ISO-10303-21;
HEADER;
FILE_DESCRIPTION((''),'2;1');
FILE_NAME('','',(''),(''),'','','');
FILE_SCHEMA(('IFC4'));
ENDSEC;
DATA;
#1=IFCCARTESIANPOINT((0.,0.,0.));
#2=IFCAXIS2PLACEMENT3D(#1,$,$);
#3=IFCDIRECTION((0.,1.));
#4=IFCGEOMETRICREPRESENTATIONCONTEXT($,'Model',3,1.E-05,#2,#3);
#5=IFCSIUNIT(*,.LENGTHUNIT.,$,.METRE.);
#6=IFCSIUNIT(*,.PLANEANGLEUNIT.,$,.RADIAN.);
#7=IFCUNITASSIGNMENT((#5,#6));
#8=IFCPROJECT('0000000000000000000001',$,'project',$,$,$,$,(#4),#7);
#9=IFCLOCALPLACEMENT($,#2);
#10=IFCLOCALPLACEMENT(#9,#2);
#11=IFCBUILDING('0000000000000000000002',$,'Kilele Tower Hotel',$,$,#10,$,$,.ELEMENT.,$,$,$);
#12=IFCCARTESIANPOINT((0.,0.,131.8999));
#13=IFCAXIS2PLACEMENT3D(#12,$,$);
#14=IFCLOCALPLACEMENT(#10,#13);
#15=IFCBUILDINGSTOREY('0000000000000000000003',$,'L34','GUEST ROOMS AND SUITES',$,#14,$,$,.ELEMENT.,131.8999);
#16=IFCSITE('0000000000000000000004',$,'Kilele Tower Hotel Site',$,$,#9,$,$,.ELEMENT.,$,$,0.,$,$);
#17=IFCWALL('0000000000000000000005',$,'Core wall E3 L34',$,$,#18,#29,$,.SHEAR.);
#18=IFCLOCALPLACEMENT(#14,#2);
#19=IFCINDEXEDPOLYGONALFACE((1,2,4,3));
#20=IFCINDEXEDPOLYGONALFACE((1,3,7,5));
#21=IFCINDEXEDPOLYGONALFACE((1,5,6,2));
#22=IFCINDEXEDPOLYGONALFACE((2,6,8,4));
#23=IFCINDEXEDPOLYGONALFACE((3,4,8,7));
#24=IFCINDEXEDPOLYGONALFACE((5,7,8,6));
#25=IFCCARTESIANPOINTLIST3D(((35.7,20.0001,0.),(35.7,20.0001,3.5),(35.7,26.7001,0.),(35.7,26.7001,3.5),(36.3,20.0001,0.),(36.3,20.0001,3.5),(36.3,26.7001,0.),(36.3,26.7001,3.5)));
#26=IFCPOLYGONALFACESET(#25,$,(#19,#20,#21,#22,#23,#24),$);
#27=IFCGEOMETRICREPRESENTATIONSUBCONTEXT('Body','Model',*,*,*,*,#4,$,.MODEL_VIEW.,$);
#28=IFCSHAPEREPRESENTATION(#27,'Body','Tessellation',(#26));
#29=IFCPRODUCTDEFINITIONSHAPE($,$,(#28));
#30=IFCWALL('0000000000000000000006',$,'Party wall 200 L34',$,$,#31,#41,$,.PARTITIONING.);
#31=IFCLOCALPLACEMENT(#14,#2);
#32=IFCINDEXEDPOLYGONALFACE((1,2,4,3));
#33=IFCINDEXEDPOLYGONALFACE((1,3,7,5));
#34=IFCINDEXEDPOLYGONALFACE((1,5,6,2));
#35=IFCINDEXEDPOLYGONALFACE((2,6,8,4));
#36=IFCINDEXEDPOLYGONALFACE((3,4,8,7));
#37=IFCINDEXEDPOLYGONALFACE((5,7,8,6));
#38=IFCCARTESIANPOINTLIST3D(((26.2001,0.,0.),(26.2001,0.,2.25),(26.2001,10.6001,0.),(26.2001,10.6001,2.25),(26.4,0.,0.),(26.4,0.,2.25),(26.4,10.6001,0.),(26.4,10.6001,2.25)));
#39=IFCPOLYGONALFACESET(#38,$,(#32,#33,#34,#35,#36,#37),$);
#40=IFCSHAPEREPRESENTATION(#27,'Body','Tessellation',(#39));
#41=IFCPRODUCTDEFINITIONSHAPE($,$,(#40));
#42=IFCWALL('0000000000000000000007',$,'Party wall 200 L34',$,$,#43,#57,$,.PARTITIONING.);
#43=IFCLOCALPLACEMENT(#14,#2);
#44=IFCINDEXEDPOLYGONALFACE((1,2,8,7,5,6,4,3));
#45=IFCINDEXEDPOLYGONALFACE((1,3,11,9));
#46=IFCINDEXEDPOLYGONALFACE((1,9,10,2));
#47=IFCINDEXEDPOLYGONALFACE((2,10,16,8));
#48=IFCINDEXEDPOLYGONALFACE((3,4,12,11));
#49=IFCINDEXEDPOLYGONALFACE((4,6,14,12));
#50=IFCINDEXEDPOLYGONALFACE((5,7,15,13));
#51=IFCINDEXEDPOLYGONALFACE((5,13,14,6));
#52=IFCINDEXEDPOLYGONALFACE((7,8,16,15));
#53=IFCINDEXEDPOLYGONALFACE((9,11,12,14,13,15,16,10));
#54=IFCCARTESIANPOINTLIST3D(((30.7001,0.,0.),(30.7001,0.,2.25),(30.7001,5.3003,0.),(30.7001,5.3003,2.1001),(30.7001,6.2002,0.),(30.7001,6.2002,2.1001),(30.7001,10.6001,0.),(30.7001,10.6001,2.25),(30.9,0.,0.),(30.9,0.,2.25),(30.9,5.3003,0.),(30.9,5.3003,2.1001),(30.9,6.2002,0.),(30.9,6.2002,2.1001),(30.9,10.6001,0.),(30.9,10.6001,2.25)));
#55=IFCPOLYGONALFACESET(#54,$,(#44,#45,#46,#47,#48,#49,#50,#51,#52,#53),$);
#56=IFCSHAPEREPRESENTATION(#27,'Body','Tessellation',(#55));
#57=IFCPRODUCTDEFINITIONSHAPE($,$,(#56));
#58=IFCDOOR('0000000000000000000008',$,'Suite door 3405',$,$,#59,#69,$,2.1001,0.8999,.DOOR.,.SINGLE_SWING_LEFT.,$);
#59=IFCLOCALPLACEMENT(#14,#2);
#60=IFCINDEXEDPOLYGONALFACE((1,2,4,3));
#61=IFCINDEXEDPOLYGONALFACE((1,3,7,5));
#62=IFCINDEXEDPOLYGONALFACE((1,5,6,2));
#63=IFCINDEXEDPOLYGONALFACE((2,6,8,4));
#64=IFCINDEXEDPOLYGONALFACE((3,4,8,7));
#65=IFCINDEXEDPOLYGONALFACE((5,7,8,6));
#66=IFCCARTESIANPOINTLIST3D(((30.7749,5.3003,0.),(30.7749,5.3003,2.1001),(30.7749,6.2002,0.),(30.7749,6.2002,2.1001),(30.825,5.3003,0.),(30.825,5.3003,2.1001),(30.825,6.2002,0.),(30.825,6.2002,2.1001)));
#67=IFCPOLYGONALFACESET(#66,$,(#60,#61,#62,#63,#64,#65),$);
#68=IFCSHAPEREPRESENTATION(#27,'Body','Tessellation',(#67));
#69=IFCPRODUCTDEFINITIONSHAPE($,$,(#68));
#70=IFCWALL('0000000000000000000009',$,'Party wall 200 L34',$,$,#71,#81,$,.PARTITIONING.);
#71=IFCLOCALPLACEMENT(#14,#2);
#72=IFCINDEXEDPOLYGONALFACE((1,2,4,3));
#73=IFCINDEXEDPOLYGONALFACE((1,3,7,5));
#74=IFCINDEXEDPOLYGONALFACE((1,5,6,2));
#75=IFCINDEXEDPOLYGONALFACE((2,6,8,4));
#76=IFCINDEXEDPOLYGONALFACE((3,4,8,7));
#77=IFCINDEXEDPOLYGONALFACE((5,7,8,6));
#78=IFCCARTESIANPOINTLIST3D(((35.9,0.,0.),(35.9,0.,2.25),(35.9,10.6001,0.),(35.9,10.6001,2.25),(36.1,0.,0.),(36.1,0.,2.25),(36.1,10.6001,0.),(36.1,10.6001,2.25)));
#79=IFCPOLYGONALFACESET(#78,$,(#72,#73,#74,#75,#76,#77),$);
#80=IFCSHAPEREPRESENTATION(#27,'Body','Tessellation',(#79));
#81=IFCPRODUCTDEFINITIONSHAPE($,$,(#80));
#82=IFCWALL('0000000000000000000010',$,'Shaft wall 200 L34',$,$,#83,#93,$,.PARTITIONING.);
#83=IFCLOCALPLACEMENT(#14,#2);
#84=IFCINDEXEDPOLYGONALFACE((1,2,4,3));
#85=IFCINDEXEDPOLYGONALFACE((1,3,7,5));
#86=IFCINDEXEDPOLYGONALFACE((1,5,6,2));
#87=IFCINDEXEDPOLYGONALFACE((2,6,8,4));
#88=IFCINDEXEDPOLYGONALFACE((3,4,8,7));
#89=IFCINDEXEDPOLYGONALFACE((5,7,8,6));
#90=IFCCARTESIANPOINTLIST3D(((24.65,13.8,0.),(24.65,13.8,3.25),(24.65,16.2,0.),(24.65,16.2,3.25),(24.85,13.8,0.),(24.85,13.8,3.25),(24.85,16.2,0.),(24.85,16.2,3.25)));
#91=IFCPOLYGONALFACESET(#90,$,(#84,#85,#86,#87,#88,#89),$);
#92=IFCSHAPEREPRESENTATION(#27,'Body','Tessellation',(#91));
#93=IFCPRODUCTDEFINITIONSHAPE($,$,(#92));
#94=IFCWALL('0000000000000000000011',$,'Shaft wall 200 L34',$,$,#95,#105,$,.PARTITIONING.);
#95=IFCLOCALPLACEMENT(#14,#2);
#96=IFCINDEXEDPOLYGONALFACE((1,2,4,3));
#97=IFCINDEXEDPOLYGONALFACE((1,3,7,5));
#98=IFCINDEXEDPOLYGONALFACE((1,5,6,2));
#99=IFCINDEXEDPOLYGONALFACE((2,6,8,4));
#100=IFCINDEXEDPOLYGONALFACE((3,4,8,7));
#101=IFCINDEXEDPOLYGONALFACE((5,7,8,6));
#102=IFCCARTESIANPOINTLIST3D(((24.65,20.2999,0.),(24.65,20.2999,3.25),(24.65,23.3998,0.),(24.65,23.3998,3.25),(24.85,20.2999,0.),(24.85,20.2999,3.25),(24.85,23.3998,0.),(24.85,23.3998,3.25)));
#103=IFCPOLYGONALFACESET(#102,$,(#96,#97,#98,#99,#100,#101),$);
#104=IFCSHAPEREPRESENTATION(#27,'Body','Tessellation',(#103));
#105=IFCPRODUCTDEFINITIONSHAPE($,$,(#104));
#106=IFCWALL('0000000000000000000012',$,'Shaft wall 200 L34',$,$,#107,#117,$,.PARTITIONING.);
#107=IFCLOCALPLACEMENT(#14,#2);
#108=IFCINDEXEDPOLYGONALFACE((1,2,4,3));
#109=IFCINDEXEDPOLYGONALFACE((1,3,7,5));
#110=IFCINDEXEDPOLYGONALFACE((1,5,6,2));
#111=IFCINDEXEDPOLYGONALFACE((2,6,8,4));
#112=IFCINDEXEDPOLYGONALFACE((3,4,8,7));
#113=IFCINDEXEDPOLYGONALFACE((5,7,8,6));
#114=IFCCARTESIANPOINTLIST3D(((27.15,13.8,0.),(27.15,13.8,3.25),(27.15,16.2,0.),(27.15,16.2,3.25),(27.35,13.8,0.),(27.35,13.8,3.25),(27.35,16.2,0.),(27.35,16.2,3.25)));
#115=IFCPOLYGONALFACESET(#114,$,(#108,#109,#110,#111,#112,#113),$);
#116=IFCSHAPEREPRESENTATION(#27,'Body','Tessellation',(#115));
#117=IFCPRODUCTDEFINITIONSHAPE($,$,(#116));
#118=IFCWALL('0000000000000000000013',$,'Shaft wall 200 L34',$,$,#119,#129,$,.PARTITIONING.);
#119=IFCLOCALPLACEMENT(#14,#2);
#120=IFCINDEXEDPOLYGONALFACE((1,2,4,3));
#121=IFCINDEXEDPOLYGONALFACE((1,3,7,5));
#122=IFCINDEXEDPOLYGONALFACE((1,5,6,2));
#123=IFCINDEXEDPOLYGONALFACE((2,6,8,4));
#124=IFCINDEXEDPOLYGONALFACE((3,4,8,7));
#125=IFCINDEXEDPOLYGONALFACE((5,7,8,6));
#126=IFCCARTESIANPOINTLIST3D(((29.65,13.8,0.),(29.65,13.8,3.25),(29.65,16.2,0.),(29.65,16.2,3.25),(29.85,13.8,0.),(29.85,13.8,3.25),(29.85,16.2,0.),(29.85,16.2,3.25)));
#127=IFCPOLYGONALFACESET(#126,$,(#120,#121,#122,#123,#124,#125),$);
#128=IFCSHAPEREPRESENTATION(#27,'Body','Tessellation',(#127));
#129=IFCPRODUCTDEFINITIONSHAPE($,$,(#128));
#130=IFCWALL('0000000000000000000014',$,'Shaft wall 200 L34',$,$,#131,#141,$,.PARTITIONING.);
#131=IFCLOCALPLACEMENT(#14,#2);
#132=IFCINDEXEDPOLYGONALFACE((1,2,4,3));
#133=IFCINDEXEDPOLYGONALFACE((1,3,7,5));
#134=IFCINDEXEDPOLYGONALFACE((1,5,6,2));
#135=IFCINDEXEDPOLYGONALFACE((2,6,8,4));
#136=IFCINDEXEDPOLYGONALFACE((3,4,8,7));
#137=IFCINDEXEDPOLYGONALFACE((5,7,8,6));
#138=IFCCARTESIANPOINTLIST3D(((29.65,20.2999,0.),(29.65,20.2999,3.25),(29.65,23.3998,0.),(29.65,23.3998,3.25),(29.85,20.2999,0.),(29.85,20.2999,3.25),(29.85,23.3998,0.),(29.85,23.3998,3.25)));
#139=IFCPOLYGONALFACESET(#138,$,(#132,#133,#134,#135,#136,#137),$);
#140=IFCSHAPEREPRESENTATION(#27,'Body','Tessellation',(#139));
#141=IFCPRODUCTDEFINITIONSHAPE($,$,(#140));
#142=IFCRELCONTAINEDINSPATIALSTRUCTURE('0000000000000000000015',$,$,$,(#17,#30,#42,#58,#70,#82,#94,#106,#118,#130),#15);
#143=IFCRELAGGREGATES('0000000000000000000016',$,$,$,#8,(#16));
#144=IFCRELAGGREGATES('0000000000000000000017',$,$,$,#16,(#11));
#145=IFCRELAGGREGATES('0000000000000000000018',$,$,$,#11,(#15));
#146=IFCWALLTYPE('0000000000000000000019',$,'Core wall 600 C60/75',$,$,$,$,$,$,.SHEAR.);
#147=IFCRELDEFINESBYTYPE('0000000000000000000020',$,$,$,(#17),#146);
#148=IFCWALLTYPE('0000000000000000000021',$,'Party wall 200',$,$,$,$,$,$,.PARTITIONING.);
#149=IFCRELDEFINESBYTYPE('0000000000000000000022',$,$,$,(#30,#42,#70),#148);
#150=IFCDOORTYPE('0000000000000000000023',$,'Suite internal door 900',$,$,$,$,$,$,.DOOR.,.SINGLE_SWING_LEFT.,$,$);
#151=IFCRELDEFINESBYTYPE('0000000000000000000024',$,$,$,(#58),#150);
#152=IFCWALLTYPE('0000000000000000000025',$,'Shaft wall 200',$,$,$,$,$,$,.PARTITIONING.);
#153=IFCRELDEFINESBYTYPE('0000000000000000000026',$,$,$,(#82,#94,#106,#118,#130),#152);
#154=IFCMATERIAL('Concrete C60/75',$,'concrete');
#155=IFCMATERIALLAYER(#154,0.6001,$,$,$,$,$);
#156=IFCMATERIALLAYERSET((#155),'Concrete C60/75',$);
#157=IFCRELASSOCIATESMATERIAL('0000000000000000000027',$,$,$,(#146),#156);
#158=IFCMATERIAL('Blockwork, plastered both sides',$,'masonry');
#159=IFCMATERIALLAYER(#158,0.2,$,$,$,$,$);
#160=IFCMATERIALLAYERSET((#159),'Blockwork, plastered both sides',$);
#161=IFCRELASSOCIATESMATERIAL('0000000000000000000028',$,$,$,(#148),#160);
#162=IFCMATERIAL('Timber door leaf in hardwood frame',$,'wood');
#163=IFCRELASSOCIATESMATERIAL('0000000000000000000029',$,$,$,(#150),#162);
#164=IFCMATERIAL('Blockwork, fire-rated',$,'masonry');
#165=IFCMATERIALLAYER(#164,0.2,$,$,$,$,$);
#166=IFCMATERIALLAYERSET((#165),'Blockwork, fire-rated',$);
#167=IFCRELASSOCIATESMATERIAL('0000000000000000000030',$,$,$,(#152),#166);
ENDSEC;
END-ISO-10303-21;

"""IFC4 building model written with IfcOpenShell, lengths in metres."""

from ifc_helpers import new_model, si_unit, direction, frame, frame_2d, origin, place, context, subcontext, project, spatial, rectangle, extrude, material, layer, layer_set, type_object, element, fill, save


model = new_model("IFC4")

# Units and contexts
model_context = context("Model", 3, precision=1e-05, world=origin(), true_north=direction((0.0, 1.0)))
body_context = subcontext(model_context, "Body", "Model", "MODEL_VIEW")
ifc_project = project(units=[si_unit("LENGTHUNIT", "METRE"), si_unit("PLANEANGLEUNIT", "RADIAN")], contexts=[model_context])

# Site, building, storey
site_placement = place(None, origin())
site = spatial("IfcSite", under=ifc_project, at=site_placement, Name="Kilele Tower Hotel Site", CompositionType="ELEMENT", RefElevation=0.0)
building_placement = place(site_placement, origin())
building = spatial("IfcBuilding", under=site, at=building_placement, Name="Kilele Tower Hotel", CompositionType="ELEMENT")
storey_placement = place(building_placement, frame((0.0, 0.0, 131.8999)))
storey = spatial("IfcBuildingStorey", under=building, at=storey_placement, Name="L34", Description="GUEST ROOMS AND SUITES", CompositionType="ELEMENT", Elevation=131.8999)

# Shared definitions
ifc_material_1 = material(Name="Concrete C60/75", Category="concrete")
ifc_layer_1 = layer(ifc_material_1, 0.6001)
ifc_layer_set_1 = layer_set([ifc_layer_1], Name="Concrete C60/75")
wall_type_1 = type_object("IfcWallType", Name="Core wall 600 C60/75", PredefinedType="SHEAR", material=ifc_layer_set_1)

# Walls
wall_1_placement = place(storey_placement, frame((36.0, 20.0, 0.0), z_axis=(0.0, 0.0, 1.0), x_axis=(0.0, 1.0, 0.0)))
element("IfcWall", 1, at=wall_1_placement, inside=storey, type_object=wall_type_1, Name="Core wall E3 L34", PredefinedType="SHEAR", context=body_context, shape_type="SweptSolid", body=[
    extrude(rectangle(XDim=6.7, YDim=0.6001, at=frame_2d((3.3501, 0.0))), origin(), (0.0, 0.0, 1.0), 3.5),
])
ifc_material_2 = material(Name="Blockwork, plastered both sides", Category="masonry")
ifc_layer_2 = layer(ifc_material_2, 0.2)
ifc_layer_set_2 = layer_set([ifc_layer_2], Name="Blockwork, plastered both sides")
wall_type_2 = type_object("IfcWallType", Name="Party wall 200", PredefinedType="PARTITIONING", material=ifc_layer_set_2)
wall_2_placement = place(storey_placement, frame((26.3, 10.6001, 0.0), z_axis=(0.0, 0.0, 1.0), x_axis=(0.0, -1.0, 0.0)))
element("IfcWall", 2, at=wall_2_placement, inside=storey, type_object=wall_type_2, Name="Party wall 200 L34", PredefinedType="PARTITIONING", context=body_context, shape_type="SweptSolid", body=[
    extrude(rectangle(XDim=10.6001, YDim=0.2, at=frame_2d((5.3, 0.0))), origin(), (0.0, 0.0, 1.0), 2.25),
])

# Wall, opening, door
wall_3_placement = place(storey_placement, frame((30.8, 10.6001, 0.0), z_axis=(0.0, 0.0, 1.0), x_axis=(0.0, -1.0, 0.0)))
wall_3 = element("IfcWall", 3, at=wall_3_placement, inside=storey, type_object=wall_type_2, Name="Party wall 200 L34", PredefinedType="PARTITIONING", context=body_context, shape_type="SweptSolid", body=[
    extrude(rectangle(XDim=10.6001, YDim=0.2, at=frame_2d((5.3, 0.0))), origin(), (0.0, 0.0, 1.0), 2.25),
])
opening_1_placement = place(wall_3_placement, frame((4.3999, 0.0, 0.0)))
opening_1 = element("IfcOpeningElement", 4, at=opening_1_placement, cuts=wall_3, PredefinedType="OPENING", context=body_context, shape_type="SweptSolid", body=[
    extrude(rectangle(XDim=0.8999, YDim=2.1001, at=frame_2d((0.45, 1.05))), frame((0.0, 0.1099, 0.0), z_axis=(0.0, -1.0, 0.0), x_axis=(1.0, 0.0, 0.0)), (0.0, 0.0, 1.0), 0.22),
])
ifc_material_3 = material(Name="Timber door leaf in hardwood frame", Category="wood")
door_type_1 = type_object("IfcDoorType", Name="Suite internal door 900", OperationType="SINGLE_SWING_LEFT", PredefinedType="DOOR", material=ifc_material_3)
door_1_placement = place(opening_1_placement, origin())
door_1 = element("IfcDoor", 5, at=door_1_placement, inside=storey, type_object=door_type_1, Name="Suite door 3405", OperationType="SINGLE_SWING_LEFT", OverallHeight=2.1001, OverallWidth=0.8999, PredefinedType="DOOR", context=body_context, shape_type="SweptSolid", body=[
    extrude(rectangle(XDim=0.8999, YDim=2.1001, at=frame_2d((0.45, 1.05))), frame((0.0, 0.0249, 0.0), z_axis=(0.0, -1.0, 0.0), x_axis=(1.0, 0.0, 0.0)), (0.0, 0.0, 1.0), 0.05),
])
fill(opening_1, door_1)

# Walls
wall_4_placement = place(storey_placement, frame((36.0, 10.6001, 0.0), z_axis=(0.0, 0.0, 1.0), x_axis=(0.0, -1.0, 0.0)))
element("IfcWall", 6, at=wall_4_placement, inside=storey, type_object=wall_type_2, Name="Party wall 200 L34", PredefinedType="PARTITIONING", context=body_context, shape_type="SweptSolid", body=[
    extrude(rectangle(XDim=10.6001, YDim=0.2, at=frame_2d((5.3, 0.0))), origin(), (0.0, 0.0, 1.0), 2.25),
])
ifc_material_4 = material(Name="Blockwork, fire-rated", Category="masonry")
ifc_layer_3 = layer(ifc_material_4, 0.2)
ifc_layer_set_3 = layer_set([ifc_layer_3], Name="Blockwork, fire-rated")
wall_type_3 = type_object("IfcWallType", Name="Shaft wall 200", PredefinedType="PARTITIONING", material=ifc_layer_set_3)
wall_5_placement = place(storey_placement, frame((24.75, 13.8, 0.0), z_axis=(0.0, 0.0, 1.0), x_axis=(0.0, 1.0, 0.0)))
element("IfcWall", 7, at=wall_5_placement, inside=storey, type_object=wall_type_3, Name="Shaft wall 200 L34", PredefinedType="PARTITIONING", context=body_context, shape_type="SweptSolid", body=[
    extrude(rectangle(XDim=2.3999, YDim=0.2, at=frame_2d((1.2, 0.0))), origin(), (0.0, 0.0, 1.0), 3.25),
])
wall_6_placement = place(storey_placement, frame((24.75, 20.3, 0.0), z_axis=(0.0, 0.0, 1.0), x_axis=(0.0, 1.0, 0.0)))
element("IfcWall", 8, at=wall_6_placement, inside=storey, type_object=wall_type_3, Name="Shaft wall 200 L34", PredefinedType="PARTITIONING", context=body_context, shape_type="SweptSolid", body=[
    extrude(rectangle(XDim=3.0999, YDim=0.2, at=frame_2d((1.5498, 0.0))), origin(), (0.0, 0.0, 1.0), 3.25),
])
for number, where, z_axis, x_axis, name in (
    (9, (27.25, 13.8, 0.0), (0.0, 0.0, 1.0), (0.0, 1.0, 0.0), "Shaft wall 200 L34"),
    (10, (29.75, 13.8, 0.0), (0.0, 0.0, 1.0), (0.0, 1.0, 0.0), "Shaft wall 200 L34"),
):
    element("IfcWall", number, at=place(storey_placement, frame(where, z_axis=z_axis, x_axis=x_axis)), inside=storey, type_object=wall_type_3, Name=name, PredefinedType="PARTITIONING", context=body_context, shape_type="SweptSolid", body=[
        extrude(rectangle(XDim=2.3999, YDim=0.2, at=frame_2d((1.2, 0.0))), origin(), (0.0, 0.0, 1.0), 3.25),
    ])
wall_7_placement = place(storey_placement, frame((29.75, 20.3, 0.0), z_axis=(0.0, 0.0, 1.0), x_axis=(0.0, 1.0, 0.0)))
element("IfcWall", 11, at=wall_7_placement, inside=storey, type_object=wall_type_3, Name="Shaft wall 200 L34", PredefinedType="PARTITIONING", context=body_context, shape_type="SweptSolid", body=[
    extrude(rectangle(XDim=3.0999, YDim=0.2, at=frame_2d((1.5498, 0.0))), origin(), (0.0, 0.0, 1.0), 3.25),
])

save(model, "model.ifc")
